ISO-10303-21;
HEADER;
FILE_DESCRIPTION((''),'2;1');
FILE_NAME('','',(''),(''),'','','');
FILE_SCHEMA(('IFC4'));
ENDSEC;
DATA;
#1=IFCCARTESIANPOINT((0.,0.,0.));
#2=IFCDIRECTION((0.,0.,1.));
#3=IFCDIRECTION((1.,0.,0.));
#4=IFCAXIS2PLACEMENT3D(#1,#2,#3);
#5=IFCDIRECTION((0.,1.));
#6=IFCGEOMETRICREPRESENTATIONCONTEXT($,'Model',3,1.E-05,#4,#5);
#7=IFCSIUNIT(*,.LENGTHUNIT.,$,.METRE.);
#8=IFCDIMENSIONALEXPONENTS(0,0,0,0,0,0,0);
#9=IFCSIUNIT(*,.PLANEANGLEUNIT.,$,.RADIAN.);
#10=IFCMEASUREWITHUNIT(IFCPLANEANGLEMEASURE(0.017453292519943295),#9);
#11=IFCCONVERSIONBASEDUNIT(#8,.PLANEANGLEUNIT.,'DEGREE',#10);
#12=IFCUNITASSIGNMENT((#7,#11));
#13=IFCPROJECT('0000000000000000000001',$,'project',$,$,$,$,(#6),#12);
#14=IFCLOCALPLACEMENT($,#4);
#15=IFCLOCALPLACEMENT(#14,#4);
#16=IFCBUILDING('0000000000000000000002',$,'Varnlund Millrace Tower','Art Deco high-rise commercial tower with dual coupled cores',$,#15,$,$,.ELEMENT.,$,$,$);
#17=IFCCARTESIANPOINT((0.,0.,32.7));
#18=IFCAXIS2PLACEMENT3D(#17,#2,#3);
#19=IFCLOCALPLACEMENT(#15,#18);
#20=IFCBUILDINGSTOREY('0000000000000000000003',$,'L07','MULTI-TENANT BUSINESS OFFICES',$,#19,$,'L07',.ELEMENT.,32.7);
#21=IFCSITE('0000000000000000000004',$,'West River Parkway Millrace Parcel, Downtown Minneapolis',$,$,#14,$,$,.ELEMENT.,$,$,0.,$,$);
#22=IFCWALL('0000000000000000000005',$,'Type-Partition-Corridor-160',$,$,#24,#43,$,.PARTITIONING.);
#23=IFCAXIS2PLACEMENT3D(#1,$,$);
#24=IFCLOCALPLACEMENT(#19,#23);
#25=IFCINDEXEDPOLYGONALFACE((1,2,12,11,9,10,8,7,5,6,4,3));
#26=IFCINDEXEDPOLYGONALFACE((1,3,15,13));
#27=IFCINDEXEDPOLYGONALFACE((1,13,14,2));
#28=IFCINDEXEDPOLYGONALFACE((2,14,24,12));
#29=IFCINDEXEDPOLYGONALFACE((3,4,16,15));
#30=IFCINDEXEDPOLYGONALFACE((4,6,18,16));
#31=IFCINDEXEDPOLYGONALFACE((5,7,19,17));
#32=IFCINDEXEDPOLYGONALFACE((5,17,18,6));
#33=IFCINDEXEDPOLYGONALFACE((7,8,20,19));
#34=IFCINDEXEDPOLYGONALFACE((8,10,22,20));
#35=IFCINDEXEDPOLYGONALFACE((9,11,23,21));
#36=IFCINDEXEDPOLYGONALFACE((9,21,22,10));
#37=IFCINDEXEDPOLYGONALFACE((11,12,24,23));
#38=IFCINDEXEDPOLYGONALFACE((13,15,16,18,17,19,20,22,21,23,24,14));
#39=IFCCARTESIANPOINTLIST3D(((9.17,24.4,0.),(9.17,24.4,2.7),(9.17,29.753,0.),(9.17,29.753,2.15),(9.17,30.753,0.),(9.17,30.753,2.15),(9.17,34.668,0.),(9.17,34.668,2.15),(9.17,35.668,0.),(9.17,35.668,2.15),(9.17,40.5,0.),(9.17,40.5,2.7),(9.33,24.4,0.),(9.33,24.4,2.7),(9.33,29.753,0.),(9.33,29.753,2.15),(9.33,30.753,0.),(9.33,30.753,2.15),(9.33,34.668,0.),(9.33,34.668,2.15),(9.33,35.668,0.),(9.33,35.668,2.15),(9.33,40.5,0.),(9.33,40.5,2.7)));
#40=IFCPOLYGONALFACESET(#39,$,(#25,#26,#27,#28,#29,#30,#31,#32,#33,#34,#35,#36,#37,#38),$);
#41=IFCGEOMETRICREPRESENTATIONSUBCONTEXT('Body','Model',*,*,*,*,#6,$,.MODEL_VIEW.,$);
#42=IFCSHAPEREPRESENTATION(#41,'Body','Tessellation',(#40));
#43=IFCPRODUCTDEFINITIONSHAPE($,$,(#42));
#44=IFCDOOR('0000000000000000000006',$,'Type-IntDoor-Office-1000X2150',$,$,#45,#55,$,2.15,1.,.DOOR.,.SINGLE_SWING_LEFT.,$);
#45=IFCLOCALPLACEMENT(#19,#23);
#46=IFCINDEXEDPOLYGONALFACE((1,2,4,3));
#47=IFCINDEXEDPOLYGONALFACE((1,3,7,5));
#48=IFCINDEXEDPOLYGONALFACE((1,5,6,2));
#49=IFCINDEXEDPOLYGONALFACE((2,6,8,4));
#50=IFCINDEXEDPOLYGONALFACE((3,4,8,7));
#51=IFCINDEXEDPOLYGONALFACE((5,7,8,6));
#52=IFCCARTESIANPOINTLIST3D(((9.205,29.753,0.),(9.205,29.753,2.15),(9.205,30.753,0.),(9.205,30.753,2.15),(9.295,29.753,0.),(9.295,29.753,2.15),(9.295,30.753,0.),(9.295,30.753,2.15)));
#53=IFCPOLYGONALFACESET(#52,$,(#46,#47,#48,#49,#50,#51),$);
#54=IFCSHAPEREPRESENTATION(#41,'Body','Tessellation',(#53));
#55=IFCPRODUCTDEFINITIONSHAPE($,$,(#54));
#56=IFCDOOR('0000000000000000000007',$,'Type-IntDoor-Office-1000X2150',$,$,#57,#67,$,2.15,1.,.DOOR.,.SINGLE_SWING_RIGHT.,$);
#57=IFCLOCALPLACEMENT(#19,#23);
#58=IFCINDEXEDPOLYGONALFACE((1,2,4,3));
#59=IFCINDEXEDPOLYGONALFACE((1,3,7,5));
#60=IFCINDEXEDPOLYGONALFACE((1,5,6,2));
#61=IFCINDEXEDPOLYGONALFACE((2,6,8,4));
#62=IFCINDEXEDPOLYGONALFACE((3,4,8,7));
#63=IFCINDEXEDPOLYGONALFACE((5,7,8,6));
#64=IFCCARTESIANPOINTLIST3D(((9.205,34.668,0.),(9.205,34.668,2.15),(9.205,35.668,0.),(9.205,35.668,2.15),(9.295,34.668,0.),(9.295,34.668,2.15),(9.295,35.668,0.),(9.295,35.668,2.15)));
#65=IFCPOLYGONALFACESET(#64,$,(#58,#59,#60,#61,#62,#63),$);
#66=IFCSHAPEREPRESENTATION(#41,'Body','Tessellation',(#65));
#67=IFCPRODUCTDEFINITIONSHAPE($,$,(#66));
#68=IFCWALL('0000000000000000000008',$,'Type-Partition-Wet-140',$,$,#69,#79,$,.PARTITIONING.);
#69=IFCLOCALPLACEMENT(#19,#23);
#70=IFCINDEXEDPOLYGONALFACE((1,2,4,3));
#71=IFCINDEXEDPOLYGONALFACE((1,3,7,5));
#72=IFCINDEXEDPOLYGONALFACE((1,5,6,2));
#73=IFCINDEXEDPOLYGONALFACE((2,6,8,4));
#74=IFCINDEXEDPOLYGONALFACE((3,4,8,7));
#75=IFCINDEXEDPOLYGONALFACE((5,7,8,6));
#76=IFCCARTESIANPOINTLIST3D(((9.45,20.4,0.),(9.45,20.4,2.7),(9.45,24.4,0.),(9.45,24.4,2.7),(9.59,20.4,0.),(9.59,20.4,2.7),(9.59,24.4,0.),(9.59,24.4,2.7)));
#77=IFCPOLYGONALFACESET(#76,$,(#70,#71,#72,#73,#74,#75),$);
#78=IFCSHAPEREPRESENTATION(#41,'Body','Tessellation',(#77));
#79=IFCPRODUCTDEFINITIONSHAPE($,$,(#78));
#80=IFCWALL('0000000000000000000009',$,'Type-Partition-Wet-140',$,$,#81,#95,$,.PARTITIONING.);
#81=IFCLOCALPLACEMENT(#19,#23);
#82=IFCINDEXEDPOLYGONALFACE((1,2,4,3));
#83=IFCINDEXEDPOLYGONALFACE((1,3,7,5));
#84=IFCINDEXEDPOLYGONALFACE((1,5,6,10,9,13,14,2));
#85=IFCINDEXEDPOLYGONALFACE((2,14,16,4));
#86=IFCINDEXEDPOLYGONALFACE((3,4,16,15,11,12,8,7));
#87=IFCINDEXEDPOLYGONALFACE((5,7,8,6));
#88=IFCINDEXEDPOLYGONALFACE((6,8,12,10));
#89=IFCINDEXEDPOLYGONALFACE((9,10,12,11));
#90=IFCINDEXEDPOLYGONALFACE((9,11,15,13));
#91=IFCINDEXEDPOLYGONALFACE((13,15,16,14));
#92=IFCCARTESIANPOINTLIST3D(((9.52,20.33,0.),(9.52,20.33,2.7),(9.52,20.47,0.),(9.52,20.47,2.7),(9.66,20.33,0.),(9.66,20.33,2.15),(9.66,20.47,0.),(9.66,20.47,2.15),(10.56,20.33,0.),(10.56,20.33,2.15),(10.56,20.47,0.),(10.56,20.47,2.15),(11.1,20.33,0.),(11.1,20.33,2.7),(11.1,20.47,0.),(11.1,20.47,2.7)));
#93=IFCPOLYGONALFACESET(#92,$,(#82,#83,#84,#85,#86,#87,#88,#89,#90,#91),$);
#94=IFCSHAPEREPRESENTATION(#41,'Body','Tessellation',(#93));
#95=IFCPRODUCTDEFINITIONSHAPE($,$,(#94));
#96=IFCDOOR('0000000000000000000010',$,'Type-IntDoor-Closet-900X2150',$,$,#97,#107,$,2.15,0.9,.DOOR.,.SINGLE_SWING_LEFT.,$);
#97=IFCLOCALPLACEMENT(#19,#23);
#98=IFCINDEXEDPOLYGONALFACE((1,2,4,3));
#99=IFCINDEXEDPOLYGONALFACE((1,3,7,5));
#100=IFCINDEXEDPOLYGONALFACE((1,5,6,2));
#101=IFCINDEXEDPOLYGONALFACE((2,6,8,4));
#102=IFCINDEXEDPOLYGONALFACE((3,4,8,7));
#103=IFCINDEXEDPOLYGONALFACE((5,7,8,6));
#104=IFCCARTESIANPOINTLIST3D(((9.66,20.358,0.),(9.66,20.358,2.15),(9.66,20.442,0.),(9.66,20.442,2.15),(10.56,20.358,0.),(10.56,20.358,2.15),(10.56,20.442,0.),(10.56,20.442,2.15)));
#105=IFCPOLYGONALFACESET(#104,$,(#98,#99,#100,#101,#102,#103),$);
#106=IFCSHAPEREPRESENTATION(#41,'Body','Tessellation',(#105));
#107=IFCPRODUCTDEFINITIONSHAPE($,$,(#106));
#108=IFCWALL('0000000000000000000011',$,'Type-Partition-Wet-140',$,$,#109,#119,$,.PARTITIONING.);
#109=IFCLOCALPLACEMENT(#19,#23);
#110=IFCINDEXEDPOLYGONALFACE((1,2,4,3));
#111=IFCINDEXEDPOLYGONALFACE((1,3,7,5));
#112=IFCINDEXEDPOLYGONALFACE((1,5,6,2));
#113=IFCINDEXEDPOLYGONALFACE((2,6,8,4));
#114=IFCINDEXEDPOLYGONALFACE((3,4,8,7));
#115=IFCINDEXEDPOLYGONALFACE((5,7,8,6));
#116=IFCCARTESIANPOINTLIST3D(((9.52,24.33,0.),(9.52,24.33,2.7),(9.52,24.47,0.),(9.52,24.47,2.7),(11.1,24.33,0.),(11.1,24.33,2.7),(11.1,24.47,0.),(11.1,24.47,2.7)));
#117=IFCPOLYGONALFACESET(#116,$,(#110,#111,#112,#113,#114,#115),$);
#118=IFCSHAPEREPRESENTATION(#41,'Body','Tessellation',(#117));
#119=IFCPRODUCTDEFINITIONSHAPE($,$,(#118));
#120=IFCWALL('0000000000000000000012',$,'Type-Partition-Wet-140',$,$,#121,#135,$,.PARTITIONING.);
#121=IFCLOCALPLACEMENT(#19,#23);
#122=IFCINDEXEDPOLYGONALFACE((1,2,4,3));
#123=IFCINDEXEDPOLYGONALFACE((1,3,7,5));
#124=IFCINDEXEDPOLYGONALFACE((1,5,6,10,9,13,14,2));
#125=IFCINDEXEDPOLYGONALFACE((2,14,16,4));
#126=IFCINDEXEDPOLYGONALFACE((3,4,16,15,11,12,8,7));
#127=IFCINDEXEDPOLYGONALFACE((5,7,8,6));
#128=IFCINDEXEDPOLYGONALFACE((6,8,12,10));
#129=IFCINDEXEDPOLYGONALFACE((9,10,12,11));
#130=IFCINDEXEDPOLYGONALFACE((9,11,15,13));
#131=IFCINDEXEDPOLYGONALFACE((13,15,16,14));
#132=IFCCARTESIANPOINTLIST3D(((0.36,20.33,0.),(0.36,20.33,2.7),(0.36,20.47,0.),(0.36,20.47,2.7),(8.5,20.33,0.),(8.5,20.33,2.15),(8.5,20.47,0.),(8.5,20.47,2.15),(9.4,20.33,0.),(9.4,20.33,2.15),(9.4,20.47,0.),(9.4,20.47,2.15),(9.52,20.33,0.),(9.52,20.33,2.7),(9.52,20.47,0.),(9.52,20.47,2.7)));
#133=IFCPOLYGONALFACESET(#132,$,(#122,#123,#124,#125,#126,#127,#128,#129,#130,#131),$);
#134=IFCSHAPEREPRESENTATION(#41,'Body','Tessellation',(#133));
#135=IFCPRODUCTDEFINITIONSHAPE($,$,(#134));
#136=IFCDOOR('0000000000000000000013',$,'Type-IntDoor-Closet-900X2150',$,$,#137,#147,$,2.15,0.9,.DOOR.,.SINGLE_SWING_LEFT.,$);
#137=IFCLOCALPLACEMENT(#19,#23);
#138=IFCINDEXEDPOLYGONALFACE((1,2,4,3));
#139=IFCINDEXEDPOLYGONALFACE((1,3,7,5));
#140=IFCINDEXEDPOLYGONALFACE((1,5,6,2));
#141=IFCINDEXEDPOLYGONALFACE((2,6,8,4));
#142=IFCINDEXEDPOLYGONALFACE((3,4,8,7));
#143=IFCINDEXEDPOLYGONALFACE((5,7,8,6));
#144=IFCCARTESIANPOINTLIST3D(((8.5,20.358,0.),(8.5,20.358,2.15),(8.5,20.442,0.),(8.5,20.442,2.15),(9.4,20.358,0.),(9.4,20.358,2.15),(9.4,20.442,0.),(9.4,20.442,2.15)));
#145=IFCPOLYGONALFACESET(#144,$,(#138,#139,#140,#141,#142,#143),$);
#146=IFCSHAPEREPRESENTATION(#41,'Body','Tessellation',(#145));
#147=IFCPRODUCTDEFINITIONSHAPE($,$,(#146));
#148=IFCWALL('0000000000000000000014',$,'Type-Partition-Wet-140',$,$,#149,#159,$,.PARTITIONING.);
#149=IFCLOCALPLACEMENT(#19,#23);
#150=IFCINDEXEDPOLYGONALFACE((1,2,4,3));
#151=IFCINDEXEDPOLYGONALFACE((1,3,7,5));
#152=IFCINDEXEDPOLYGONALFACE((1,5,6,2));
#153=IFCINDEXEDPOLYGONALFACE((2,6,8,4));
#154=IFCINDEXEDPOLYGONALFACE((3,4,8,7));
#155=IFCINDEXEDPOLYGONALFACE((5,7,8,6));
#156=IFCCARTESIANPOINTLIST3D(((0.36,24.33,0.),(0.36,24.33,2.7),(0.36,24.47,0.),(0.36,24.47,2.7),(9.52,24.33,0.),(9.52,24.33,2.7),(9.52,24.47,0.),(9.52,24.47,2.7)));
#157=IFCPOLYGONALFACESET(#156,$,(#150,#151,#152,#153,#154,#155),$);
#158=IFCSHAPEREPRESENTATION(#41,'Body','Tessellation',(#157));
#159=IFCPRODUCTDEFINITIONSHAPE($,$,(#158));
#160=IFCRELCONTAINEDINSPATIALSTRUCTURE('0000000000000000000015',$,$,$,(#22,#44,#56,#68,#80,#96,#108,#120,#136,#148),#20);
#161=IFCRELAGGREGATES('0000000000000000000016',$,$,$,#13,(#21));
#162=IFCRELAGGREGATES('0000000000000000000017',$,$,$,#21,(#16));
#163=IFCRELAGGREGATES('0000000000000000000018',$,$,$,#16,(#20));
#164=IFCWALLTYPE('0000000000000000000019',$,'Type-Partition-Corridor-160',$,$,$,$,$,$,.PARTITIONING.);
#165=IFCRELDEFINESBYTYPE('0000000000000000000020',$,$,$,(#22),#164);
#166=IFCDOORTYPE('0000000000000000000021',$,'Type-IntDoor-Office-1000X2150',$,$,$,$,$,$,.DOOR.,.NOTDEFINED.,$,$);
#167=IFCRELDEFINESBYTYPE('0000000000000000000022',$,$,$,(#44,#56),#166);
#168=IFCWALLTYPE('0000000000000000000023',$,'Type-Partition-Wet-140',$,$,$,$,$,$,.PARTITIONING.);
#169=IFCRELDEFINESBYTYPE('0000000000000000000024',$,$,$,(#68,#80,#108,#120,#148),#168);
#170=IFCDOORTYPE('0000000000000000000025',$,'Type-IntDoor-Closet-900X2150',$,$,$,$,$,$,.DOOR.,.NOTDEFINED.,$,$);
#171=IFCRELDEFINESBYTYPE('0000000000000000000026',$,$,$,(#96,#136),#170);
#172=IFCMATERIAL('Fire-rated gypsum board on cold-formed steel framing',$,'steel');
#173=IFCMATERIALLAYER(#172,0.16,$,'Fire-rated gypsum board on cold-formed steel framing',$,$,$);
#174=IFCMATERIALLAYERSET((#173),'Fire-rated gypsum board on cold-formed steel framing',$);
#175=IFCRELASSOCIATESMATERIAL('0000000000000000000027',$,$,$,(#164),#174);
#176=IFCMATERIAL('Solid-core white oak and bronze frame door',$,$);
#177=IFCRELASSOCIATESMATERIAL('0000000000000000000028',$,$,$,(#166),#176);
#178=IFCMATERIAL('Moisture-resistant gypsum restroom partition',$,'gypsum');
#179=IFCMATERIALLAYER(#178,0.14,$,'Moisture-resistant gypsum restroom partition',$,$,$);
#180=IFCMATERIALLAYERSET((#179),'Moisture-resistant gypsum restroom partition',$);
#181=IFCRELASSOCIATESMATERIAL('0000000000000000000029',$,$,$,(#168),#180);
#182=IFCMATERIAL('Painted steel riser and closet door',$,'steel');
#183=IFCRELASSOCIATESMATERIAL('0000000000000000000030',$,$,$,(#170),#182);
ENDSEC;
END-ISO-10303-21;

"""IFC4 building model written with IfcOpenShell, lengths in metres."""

from ifc_helpers import new_model, entity, si_unit, converted_unit, direction, frame, origin_with_axes, origin_2d_with_axis, place, context, subcontext, project, spatial, polyline, rectangle, outline, extrude, material, layer, layer_set, type_object, element, fill, save


model = new_model("IFC4")

# Units and contexts
model_context = context("Model", 3, precision=1e-05, world=origin_with_axes(), true_north=direction((0.0, 1.0)))
body_context = subcontext(model_context, "Body", "Model", "MODEL_VIEW")
ifc_project = project(units=[si_unit("LENGTHUNIT", "METRE"), converted_unit("PLANEANGLEUNIT", "DEGREE", entity("IfcPlaneAngleMeasure", 0.017453292519943295), si_unit("PLANEANGLEUNIT", "RADIAN"), dimensions=[0, 0, 0, 0, 0, 0, 0])], contexts=[model_context])

# Site, building, storey
site_placement = place(None, origin_with_axes())
site = spatial("IfcSite", under=ifc_project, at=site_placement, Name="West River Parkway Millrace Parcel, Downtown Minneapolis", CompositionType="ELEMENT", RefElevation=0.0)
building_placement = place(site_placement, origin_with_axes())
building = spatial("IfcBuilding", under=site, at=building_placement, Name="Varnlund Millrace Tower", Description="Art Deco high-rise commercial tower with dual coupled cores", CompositionType="ELEMENT")
storey_placement = place(building_placement, frame((0.0, 0.0, 32.7), z_axis=(0.0, 0.0, 1.0), x_axis=(1.0, 0.0, 0.0)))
storey = spatial("IfcBuildingStorey", under=building, at=storey_placement, Name="L07", Description="MULTI-TENANT BUSINESS OFFICES", LongName="L07", CompositionType="ELEMENT", Elevation=32.7)

# Wall, openings, doors
ifc_material_1 = material(Name="Fire-rated gypsum board on cold-formed steel framing", Category="steel")
ifc_layer_1 = layer(ifc_material_1, 0.16, Name="Fire-rated gypsum board on cold-formed steel framing")
ifc_layer_set_1 = layer_set([ifc_layer_1], Name="Fire-rated gypsum board on cold-formed steel framing")
wall_type_1 = type_object("IfcWallType", Name="Type-Partition-Corridor-160", PredefinedType="PARTITIONING", material=ifc_layer_set_1)
wall_1_placement = place(storey_placement, frame((9.25, 24.4, 0.0), z_axis=(0.0, 0.0, 1.0), x_axis=(0.0, 1.0, 0.0)))
wall_1 = element("IfcWall", 1, at=wall_1_placement, inside=storey, type_object=wall_type_1, Name="Type-Partition-Corridor-160", PredefinedType="PARTITIONING", context=body_context, shape_type="SweptSolid", body=[
    extrude(outline(polyline([(0.0, -0.08), (16.1, -0.08), (16.1, 0.08), (0.0, 0.08), (0.0, -0.08)])), origin_with_axes(), (0.0, 0.0, 1.0), 2.7),
])
opening_1_placement = place(wall_1_placement, frame((5.853, 0.0, 0.0), z_axis=(0.0, 0.0, 1.0), x_axis=(1.0, 0.0, 0.0)))
opening_1 = element("IfcOpeningElement", 2, at=opening_1_placement, cuts=wall_1, PredefinedType="OPENING", context=body_context, shape_type="SweptSolid", body=[
    extrude(rectangle(XDim=1.0, YDim=0.18, at=origin_2d_with_axis()), origin_with_axes(), (0.0, 0.0, 1.0), 2.15),
])
opening_2_placement = place(wall_1_placement, frame((10.768, 0.0, 0.0), z_axis=(0.0, 0.0, 1.0), x_axis=(1.0, 0.0, 0.0)))
opening_2 = element("IfcOpeningElement", 3, at=opening_2_placement, cuts=wall_1, PredefinedType="OPENING", context=body_context, shape_type="SweptSolid", body=[
    extrude(rectangle(XDim=1.0, YDim=0.18, at=origin_2d_with_axis()), origin_with_axes(), (0.0, 0.0, 1.0), 2.15),
])
ifc_material_2 = material(Name="Solid-core white oak and bronze frame door")
door_type_1 = type_object("IfcDoorType", Name="Type-IntDoor-Office-1000X2150", OperationType="NOTDEFINED", PredefinedType="DOOR", material=ifc_material_2)
door_1_placement = place(wall_1_placement, frame((5.853, 0.0, 0.0), z_axis=(0.0, 0.0, 1.0), x_axis=(1.0, 0.0, 0.0)))
door_1 = element("IfcDoor", 4, at=door_1_placement, inside=storey, type_object=door_type_1, Name="Type-IntDoor-Office-1000X2150", OperationType="SINGLE_SWING_LEFT", OverallHeight=2.15, OverallWidth=1.0, PredefinedType="DOOR", context=body_context, shape_type="SweptSolid", body=[
    extrude(rectangle(XDim=1.0, YDim=0.09, at=origin_2d_with_axis()), origin_with_axes(), (0.0, 0.0, 1.0), 2.15),
])
fill(opening_1, door_1)
door_2_placement = place(wall_1_placement, frame((10.768, 0.0, 0.0), z_axis=(0.0, 0.0, 1.0), x_axis=(1.0, 0.0, 0.0)))
door_2 = element("IfcDoor", 5, at=door_2_placement, inside=storey, type_object=door_type_1, Name="Type-IntDoor-Office-1000X2150", OperationType="SINGLE_SWING_RIGHT", OverallHeight=2.15, OverallWidth=1.0, PredefinedType="DOOR", context=body_context, shape_type="SweptSolid", body=[
    extrude(rectangle(XDim=1.0, YDim=0.09, at=origin_2d_with_axis()), origin_with_axes(), (0.0, 0.0, 1.0), 2.15),
])
fill(opening_2, door_2)

# Wall
ifc_material_3 = material(Name="Moisture-resistant gypsum restroom partition", Category="gypsum")
ifc_layer_2 = layer(ifc_material_3, 0.14, Name="Moisture-resistant gypsum restroom partition")
ifc_layer_set_2 = layer_set([ifc_layer_2], Name="Moisture-resistant gypsum restroom partition")
wall_type_2 = type_object("IfcWallType", Name="Type-Partition-Wet-140", PredefinedType="PARTITIONING", material=ifc_layer_set_2)
wall_2_placement = place(storey_placement, frame((9.52, 20.4, 0.0), z_axis=(0.0, 0.0, 1.0), x_axis=(0.0, 1.0, 0.0)))
element("IfcWall", 6, at=wall_2_placement, inside=storey, type_object=wall_type_2, Name="Type-Partition-Wet-140", PredefinedType="PARTITIONING", context=body_context, shape_type="SweptSolid", body=[
    extrude(outline(polyline([(0.0, -0.07), (4.0, -0.07), (4.0, 0.07), (0.0, 0.07), (0.0, -0.07)])), origin_with_axes(), (0.0, 0.0, 1.0), 2.7),
])

# Wall, opening, door
wall_3_placement = place(storey_placement, frame((9.52, 20.4, 0.0), z_axis=(0.0, 0.0, 1.0), x_axis=(1.0, 0.0, 0.0)))
wall_3 = element("IfcWall", 7, at=wall_3_placement, inside=storey, type_object=wall_type_2, Name="Type-Partition-Wet-140", PredefinedType="PARTITIONING", context=body_context, shape_type="SweptSolid", body=[
    extrude(outline(polyline([(0.0, -0.07), (1.58, -0.07), (1.58, 0.07), (0.0, 0.07), (0.0, -0.07)])), origin_with_axes(), (0.0, 0.0, 1.0), 2.7),
])
opening_3_placement = place(wall_3_placement, frame((0.59, 0.0, 0.0), z_axis=(0.0, 0.0, 1.0), x_axis=(1.0, 0.0, 0.0)))
opening_3 = element("IfcOpeningElement", 8, at=opening_3_placement, cuts=wall_3, PredefinedType="OPENING", context=body_context, shape_type="SweptSolid", body=[
    extrude(rectangle(XDim=0.9, YDim=0.16, at=origin_2d_with_axis()), origin_with_axes(), (0.0, 0.0, 1.0), 2.15),
])
ifc_material_4 = material(Name="Painted steel riser and closet door", Category="steel")
door_type_2 = type_object("IfcDoorType", Name="Type-IntDoor-Closet-900X2150", OperationType="NOTDEFINED", PredefinedType="DOOR", material=ifc_material_4)
door_3_placement = place(wall_3_placement, frame((0.59, 0.0, 0.0), z_axis=(0.0, 0.0, 1.0), x_axis=(1.0, 0.0, 0.0)))
door_3 = element("IfcDoor", 9, at=door_3_placement, inside=storey, type_object=door_type_2, Name="Type-IntDoor-Closet-900X2150", OperationType="SINGLE_SWING_LEFT", OverallHeight=2.15, OverallWidth=0.9, PredefinedType="DOOR", context=body_context, shape_type="SweptSolid", body=[
    extrude(rectangle(XDim=0.9, YDim=0.084, at=origin_2d_with_axis()), origin_with_axes(), (0.0, 0.0, 1.0), 2.15),
])
fill(opening_3, door_3)

# Wall
wall_4_placement = place(storey_placement, frame((9.52, 24.4, 0.0), z_axis=(0.0, 0.0, 1.0), x_axis=(1.0, 0.0, 0.0)))
element("IfcWall", 10, at=wall_4_placement, inside=storey, type_object=wall_type_2, Name="Type-Partition-Wet-140", PredefinedType="PARTITIONING", context=body_context, shape_type="SweptSolid", body=[
    extrude(outline(polyline([(0.0, -0.07), (1.58, -0.07), (1.58, 0.07), (0.0, 0.07), (0.0, -0.07)])), origin_with_axes(), (0.0, 0.0, 1.0), 2.7),
])

# Wall, opening, door
wall_5_placement = place(storey_placement, frame((0.36, 20.4, 0.0), z_axis=(0.0, 0.0, 1.0), x_axis=(1.0, 0.0, 0.0)))
wall_5 = element("IfcWall", 11, at=wall_5_placement, inside=storey, type_object=wall_type_2, Name="Type-Partition-Wet-140", PredefinedType="PARTITIONING", context=body_context, shape_type="SweptSolid", body=[
    extrude(outline(polyline([(0.0, -0.07), (9.16, -0.07), (9.16, 0.07), (0.0, 0.07), (0.0, -0.07)])), origin_with_axes(), (0.0, 0.0, 1.0), 2.7),
])
opening_4_placement = place(wall_5_placement, frame((8.59, 0.0, 0.0), z_axis=(0.0, 0.0, 1.0), x_axis=(1.0, 0.0, 0.0)))
opening_4 = element("IfcOpeningElement", 12, at=opening_4_placement, cuts=wall_5, PredefinedType="OPENING", context=body_context, shape_type="SweptSolid", body=[
    extrude(rectangle(XDim=0.9, YDim=0.16, at=origin_2d_with_axis()), origin_with_axes(), (0.0, 0.0, 1.0), 2.15),
])
door_4_placement = place(wall_5_placement, frame((8.59, 0.0, 0.0), z_axis=(0.0, 0.0, 1.0), x_axis=(1.0, 0.0, 0.0)))
door_4 = element("IfcDoor", 13, at=door_4_placement, inside=storey, type_object=door_type_2, Name="Type-IntDoor-Closet-900X2150", OperationType="SINGLE_SWING_LEFT", OverallHeight=2.15, OverallWidth=0.9, PredefinedType="DOOR", context=body_context, shape_type="SweptSolid", body=[
    extrude(rectangle(XDim=0.9, YDim=0.084, at=origin_2d_with_axis()), origin_with_axes(), (0.0, 0.0, 1.0), 2.15),
])
fill(opening_4, door_4)

# Wall
wall_6_placement = place(storey_placement, frame((0.36, 24.4, 0.0), z_axis=(0.0, 0.0, 1.0), x_axis=(1.0, 0.0, 0.0)))
element("IfcWall", 14, at=wall_6_placement, inside=storey, type_object=wall_type_2, Name="Type-Partition-Wet-140", PredefinedType="PARTITIONING", context=body_context, shape_type="SweptSolid", body=[
    extrude(outline(polyline([(0.0, -0.07), (9.16, -0.07), (9.16, 0.07), (0.0, 0.07), (0.0, -0.07)])), origin_with_axes(), (0.0, 0.0, 1.0), 2.7),
])

save(model, "model.ifc")
